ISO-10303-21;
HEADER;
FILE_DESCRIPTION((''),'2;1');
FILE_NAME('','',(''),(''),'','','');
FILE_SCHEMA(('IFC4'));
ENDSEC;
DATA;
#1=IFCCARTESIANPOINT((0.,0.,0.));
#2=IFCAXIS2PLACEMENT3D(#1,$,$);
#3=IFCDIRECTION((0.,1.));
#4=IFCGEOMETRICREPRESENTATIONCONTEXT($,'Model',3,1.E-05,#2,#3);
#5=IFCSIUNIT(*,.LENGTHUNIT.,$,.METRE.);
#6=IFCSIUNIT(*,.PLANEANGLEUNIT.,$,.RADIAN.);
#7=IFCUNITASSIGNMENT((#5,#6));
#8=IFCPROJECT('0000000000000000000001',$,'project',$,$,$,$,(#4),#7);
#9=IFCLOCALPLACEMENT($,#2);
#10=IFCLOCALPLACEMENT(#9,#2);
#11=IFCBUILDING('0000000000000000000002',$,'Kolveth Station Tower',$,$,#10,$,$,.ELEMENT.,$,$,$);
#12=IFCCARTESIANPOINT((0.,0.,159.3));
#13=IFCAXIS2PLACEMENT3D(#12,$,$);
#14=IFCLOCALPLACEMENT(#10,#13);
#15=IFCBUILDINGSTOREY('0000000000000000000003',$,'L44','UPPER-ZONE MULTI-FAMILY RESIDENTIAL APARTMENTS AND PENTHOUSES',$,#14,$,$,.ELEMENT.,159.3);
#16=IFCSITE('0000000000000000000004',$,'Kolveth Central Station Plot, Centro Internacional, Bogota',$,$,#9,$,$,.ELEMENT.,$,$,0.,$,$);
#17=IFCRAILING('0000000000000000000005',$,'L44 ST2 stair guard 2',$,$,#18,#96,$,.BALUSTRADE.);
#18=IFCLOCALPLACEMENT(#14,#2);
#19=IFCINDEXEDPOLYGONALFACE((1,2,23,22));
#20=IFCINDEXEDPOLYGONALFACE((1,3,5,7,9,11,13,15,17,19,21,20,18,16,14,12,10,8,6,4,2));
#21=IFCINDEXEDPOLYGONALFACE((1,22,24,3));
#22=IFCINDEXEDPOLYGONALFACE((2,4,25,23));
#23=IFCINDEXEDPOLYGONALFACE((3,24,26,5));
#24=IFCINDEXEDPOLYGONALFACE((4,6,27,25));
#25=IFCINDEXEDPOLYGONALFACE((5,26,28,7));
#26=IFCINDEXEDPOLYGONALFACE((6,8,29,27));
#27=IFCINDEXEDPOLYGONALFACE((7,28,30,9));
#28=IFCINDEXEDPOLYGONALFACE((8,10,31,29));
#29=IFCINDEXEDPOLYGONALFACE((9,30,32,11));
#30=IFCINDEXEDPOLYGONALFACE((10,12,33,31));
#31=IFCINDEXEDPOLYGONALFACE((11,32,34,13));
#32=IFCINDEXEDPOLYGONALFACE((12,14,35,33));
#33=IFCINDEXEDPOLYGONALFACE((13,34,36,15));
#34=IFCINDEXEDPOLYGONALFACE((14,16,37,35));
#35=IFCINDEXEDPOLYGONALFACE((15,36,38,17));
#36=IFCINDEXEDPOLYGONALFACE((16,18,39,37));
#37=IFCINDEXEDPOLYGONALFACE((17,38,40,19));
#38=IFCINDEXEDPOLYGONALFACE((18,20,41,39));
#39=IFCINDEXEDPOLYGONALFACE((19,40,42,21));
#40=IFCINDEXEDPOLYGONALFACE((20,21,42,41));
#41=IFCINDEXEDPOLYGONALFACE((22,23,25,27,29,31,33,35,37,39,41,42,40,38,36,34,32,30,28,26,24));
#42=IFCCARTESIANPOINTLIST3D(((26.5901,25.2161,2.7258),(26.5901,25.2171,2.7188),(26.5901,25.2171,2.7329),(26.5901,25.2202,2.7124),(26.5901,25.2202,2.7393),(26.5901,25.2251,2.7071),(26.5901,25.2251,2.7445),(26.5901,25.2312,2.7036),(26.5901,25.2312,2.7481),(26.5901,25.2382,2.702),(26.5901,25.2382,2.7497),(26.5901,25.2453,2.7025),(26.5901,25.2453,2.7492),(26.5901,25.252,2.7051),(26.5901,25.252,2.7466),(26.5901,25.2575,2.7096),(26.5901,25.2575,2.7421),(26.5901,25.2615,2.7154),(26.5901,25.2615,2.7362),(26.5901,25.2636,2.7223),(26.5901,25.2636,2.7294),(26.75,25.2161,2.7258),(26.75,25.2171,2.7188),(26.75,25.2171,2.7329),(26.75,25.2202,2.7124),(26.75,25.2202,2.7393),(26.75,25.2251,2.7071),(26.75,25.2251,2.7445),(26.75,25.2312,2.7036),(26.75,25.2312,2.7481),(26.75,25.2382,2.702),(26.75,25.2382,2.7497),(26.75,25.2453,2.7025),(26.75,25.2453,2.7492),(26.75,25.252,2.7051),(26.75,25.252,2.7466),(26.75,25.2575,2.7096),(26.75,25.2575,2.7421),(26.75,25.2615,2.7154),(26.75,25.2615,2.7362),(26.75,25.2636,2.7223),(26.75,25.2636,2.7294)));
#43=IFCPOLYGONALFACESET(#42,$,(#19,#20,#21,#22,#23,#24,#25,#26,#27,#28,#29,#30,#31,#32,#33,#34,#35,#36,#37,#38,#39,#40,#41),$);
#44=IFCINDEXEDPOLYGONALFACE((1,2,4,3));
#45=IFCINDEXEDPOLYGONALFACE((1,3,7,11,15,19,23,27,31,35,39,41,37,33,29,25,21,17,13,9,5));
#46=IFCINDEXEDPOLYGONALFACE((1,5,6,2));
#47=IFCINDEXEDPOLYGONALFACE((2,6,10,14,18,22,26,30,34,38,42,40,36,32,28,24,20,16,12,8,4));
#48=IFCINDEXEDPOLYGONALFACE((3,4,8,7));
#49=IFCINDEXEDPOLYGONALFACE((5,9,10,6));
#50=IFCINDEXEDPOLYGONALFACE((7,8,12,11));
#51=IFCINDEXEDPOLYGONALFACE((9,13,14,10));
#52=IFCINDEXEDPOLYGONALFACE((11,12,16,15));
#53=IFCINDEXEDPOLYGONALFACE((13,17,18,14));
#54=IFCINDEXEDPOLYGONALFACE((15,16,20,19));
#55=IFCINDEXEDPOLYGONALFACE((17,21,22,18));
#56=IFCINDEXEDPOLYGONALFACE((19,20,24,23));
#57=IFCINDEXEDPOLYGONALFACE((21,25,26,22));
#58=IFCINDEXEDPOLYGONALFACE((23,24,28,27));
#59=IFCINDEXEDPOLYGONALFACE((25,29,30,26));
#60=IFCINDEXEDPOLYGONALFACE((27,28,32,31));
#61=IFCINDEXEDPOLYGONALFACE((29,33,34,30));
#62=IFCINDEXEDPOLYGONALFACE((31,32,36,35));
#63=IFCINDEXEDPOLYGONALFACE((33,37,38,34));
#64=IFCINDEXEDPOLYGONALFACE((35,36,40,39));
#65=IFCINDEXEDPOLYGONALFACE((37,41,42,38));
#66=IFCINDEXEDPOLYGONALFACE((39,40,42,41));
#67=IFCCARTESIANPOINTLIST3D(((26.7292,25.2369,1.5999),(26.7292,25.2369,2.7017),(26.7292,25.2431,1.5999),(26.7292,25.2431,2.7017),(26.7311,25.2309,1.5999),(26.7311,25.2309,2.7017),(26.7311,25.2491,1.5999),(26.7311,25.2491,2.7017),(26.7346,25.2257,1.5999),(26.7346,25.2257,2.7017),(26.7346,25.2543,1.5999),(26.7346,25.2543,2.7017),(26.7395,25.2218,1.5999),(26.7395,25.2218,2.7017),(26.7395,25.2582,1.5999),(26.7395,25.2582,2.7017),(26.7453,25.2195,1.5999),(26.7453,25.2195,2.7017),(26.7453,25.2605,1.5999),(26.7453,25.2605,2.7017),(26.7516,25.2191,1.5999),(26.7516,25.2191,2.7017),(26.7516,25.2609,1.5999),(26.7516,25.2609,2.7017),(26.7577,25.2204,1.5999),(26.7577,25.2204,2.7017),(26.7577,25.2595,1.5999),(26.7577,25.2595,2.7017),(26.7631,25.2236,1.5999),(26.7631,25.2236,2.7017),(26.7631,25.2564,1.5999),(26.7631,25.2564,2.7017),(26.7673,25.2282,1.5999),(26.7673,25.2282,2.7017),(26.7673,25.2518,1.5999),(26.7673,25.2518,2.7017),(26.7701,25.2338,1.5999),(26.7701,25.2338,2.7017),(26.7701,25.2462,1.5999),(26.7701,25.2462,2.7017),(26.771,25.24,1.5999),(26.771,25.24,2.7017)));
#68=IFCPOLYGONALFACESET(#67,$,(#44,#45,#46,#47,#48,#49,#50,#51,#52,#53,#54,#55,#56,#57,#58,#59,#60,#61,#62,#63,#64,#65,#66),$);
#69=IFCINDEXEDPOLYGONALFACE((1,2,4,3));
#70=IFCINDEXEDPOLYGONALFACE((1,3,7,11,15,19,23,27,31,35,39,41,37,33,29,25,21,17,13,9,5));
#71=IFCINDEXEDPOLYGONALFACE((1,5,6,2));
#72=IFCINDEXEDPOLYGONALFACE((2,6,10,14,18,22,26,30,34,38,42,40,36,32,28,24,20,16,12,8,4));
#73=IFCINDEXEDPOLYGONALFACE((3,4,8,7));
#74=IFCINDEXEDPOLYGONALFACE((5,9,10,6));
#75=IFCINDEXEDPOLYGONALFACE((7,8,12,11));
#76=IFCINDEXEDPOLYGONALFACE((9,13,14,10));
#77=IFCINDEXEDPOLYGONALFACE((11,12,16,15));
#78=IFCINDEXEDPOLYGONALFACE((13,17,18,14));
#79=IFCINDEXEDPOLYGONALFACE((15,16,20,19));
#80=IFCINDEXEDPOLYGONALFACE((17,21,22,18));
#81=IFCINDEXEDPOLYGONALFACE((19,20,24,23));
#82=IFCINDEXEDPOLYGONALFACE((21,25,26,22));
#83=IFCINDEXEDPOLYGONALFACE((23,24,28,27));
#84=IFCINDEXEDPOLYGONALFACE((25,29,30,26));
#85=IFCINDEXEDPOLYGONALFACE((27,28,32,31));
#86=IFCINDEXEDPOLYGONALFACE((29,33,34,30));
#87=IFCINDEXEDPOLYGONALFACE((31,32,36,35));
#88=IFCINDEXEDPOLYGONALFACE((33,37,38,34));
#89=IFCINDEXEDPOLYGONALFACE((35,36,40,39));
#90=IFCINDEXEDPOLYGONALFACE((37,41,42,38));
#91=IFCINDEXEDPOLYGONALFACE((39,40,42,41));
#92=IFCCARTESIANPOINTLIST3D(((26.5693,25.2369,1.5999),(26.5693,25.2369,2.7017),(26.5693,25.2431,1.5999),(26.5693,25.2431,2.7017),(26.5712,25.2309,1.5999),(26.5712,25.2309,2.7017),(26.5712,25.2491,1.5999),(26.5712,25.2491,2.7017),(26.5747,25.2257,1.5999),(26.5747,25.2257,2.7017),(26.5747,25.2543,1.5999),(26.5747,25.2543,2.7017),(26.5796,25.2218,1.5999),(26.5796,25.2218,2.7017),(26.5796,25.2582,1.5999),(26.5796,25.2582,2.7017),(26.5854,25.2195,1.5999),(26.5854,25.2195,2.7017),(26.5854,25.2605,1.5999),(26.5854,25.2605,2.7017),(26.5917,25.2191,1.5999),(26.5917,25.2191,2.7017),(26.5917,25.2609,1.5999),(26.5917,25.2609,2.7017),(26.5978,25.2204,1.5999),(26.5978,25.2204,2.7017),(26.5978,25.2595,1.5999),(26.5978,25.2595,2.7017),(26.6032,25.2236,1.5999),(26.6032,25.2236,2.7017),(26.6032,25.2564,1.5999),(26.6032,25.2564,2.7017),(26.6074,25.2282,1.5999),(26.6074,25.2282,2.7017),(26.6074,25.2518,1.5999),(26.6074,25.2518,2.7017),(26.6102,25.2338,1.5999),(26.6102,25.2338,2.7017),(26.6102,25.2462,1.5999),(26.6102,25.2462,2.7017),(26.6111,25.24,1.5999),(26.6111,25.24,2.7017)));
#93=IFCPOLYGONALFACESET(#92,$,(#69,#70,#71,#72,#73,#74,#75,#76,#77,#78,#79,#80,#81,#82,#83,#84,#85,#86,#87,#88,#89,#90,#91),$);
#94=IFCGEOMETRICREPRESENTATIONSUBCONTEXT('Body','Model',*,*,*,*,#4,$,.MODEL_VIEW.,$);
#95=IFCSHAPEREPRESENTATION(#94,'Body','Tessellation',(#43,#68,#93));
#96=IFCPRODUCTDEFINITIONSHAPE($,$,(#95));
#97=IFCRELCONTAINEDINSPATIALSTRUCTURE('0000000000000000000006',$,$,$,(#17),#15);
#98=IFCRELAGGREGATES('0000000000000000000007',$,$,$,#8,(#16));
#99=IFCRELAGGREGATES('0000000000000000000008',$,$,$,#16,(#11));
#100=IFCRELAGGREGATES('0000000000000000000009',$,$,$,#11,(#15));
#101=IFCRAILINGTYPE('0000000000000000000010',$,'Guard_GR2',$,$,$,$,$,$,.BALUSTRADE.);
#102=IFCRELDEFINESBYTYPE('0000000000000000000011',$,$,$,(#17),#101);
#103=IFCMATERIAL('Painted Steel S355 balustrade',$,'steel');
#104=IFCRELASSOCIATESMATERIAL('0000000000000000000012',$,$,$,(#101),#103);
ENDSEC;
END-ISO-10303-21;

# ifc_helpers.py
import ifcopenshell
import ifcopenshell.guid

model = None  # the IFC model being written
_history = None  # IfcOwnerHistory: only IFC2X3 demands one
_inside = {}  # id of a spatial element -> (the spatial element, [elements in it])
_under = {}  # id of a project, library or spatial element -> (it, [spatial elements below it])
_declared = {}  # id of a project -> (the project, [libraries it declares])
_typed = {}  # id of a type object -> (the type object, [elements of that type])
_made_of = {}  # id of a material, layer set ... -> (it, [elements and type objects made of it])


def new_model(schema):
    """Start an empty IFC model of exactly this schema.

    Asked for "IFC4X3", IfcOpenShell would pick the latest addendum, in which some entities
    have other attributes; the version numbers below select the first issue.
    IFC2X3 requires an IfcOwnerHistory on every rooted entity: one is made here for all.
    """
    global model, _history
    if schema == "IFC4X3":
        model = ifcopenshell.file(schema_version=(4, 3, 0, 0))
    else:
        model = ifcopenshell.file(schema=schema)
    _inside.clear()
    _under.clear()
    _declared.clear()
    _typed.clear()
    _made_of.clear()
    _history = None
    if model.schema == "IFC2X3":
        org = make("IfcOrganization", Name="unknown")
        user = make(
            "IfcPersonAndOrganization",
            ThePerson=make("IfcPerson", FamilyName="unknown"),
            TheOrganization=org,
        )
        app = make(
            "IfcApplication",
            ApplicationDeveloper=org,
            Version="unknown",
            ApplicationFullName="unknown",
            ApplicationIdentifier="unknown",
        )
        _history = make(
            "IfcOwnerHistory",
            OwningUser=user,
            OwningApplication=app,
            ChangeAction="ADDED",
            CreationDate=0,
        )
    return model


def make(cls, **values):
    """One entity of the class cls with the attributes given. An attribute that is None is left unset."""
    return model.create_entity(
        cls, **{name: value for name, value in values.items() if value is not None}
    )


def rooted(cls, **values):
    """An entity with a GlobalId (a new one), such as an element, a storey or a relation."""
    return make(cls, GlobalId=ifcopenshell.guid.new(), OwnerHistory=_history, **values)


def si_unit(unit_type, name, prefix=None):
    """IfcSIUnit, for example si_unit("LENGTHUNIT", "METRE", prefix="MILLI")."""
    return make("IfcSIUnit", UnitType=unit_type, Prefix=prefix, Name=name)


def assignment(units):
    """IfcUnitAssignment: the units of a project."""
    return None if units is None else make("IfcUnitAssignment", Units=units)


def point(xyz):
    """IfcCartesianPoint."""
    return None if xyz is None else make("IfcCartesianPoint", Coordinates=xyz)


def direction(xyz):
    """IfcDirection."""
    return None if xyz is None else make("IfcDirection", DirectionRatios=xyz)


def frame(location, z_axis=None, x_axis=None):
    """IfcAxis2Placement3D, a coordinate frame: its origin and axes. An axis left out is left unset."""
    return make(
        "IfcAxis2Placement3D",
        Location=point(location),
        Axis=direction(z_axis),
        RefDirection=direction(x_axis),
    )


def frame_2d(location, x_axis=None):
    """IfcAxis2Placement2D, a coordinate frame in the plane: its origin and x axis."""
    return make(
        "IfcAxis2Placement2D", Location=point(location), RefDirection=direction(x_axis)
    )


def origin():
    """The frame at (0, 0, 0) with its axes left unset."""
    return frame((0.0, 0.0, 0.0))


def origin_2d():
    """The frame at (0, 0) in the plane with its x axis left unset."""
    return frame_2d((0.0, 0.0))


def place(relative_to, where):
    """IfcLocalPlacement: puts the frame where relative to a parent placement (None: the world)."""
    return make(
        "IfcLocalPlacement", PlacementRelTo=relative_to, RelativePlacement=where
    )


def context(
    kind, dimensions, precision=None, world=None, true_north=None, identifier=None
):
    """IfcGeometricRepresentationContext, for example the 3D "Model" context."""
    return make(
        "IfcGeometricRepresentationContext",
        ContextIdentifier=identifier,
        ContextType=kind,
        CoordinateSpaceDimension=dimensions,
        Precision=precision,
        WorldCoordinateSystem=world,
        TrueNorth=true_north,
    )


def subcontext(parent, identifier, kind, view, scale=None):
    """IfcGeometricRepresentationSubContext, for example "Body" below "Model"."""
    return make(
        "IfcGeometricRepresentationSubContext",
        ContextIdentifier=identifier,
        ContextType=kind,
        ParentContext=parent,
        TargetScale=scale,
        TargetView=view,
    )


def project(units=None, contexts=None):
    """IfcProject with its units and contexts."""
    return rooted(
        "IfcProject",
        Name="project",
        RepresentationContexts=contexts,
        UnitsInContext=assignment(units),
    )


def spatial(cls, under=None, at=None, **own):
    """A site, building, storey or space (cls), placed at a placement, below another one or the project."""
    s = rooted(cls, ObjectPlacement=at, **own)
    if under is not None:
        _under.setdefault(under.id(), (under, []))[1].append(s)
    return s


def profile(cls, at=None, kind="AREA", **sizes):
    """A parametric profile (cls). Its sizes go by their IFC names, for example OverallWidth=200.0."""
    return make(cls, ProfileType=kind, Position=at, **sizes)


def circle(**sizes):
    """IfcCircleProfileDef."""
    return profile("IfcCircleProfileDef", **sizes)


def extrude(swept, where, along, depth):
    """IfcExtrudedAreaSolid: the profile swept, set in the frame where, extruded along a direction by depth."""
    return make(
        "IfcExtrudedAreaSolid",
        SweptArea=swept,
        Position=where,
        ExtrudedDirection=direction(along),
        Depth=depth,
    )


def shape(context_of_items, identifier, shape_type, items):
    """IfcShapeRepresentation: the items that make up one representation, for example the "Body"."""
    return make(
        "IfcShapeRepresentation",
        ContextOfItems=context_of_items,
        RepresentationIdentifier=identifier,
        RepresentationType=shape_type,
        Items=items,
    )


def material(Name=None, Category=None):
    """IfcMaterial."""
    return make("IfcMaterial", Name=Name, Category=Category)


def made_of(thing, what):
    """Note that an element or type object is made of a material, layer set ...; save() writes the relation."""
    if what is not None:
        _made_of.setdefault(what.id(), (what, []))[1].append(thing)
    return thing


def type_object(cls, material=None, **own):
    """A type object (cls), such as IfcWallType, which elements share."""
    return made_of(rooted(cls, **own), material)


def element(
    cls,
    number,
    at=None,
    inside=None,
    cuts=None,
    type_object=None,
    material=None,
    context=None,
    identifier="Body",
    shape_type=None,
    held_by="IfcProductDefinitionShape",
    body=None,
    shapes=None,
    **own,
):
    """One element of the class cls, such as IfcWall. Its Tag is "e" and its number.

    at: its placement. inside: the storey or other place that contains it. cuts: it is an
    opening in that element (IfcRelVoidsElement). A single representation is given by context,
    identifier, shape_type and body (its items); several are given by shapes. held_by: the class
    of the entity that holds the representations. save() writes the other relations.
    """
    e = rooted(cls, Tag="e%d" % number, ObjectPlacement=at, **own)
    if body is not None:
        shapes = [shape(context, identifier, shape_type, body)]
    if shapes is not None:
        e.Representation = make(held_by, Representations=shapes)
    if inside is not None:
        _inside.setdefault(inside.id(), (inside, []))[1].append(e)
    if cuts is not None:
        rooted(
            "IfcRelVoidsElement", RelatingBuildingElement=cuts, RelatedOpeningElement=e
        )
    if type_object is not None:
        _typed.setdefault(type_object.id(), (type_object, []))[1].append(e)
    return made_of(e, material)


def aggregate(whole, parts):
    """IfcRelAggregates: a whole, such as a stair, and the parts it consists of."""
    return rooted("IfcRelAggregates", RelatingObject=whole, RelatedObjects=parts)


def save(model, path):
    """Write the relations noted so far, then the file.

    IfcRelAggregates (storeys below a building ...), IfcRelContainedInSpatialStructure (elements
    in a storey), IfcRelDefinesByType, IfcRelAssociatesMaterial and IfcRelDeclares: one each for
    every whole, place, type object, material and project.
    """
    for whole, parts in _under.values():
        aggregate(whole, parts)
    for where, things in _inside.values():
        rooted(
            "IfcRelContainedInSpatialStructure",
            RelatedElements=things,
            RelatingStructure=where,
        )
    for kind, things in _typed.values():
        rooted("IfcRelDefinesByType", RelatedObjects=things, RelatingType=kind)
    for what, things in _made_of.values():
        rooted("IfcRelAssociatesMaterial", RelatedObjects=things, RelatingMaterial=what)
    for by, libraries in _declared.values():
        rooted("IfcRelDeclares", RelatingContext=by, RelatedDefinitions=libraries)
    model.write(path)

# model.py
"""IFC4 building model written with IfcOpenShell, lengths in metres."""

from ifc_helpers import new_model, si_unit, direction, frame, origin, origin_2d, place, context, subcontext, project, spatial, circle, extrude, material, type_object, element, save


model = new_model("IFC4")

# Units and contexts
model_context = context("Model", 3, precision=1e-05, world=origin(), true_north=direction((0.0, 1.0)))
body_context = subcontext(model_context, "Body", "Model", "MODEL_VIEW")
ifc_project = project(units=[si_unit("LENGTHUNIT", "METRE"), si_unit("PLANEANGLEUNIT", "RADIAN")], contexts=[model_context])

# Site, building, storey
site_placement = place(None, origin())
site = spatial("IfcSite", under=ifc_project, at=site_placement, Name="Kolveth Central Station Plot, Centro Internacional, Bogota", CompositionType="ELEMENT", RefElevation=0.0)
building_placement = place(site_placement, origin())
building = spatial("IfcBuilding", under=site, at=building_placement, Name="Kolveth Station Tower", CompositionType="ELEMENT")
storey_placement = place(building_placement, frame((0.0, 0.0, 159.3)))
storey = spatial("IfcBuildingStorey", under=building, at=storey_placement, Name="L44", Description="UPPER-ZONE MULTI-FAMILY RESIDENTIAL APARTMENTS AND PENTHOUSES", CompositionType="ELEMENT", Elevation=159.3)

# Railing
ifc_material_1 = material(Name="Painted Steel S355 balustrade", Category="steel")
railing_type_1 = type_object("IfcRailingType", Name="Guard_GR2", PredefinedType="BALUSTRADE", material=ifc_material_1)
railing_1_placement = place(storey_placement, frame((26.75, 25.24, 1.5999)))
element("IfcRailing", 1, at=railing_1_placement, inside=storey, type_object=railing_type_1, Name="L44 ST2 stair guard 2", PredefinedType="BALUSTRADE", context=body_context, shape_type="SweptSolid", body=[
    extrude(circle(Radius=0.0239, at=origin_2d()), frame((0.0, 0.0, 1.126), z_axis=(-1.0, 0.0, 0.0), x_axis=(0.0, -1.0, 0.0)), (0.0, 0.0, 1.0), 0.1599),
    extrude(circle(Radius=0.021, at=origin_2d()), origin(), (0.0, 0.0, 1.0), 1.1018),
    extrude(circle(Radius=0.021, at=origin_2d()), frame((-0.1599, 0.0, 0.0)), (0.0, 0.0, 1.0), 1.1018),
])

save(model, "model.ifc")
